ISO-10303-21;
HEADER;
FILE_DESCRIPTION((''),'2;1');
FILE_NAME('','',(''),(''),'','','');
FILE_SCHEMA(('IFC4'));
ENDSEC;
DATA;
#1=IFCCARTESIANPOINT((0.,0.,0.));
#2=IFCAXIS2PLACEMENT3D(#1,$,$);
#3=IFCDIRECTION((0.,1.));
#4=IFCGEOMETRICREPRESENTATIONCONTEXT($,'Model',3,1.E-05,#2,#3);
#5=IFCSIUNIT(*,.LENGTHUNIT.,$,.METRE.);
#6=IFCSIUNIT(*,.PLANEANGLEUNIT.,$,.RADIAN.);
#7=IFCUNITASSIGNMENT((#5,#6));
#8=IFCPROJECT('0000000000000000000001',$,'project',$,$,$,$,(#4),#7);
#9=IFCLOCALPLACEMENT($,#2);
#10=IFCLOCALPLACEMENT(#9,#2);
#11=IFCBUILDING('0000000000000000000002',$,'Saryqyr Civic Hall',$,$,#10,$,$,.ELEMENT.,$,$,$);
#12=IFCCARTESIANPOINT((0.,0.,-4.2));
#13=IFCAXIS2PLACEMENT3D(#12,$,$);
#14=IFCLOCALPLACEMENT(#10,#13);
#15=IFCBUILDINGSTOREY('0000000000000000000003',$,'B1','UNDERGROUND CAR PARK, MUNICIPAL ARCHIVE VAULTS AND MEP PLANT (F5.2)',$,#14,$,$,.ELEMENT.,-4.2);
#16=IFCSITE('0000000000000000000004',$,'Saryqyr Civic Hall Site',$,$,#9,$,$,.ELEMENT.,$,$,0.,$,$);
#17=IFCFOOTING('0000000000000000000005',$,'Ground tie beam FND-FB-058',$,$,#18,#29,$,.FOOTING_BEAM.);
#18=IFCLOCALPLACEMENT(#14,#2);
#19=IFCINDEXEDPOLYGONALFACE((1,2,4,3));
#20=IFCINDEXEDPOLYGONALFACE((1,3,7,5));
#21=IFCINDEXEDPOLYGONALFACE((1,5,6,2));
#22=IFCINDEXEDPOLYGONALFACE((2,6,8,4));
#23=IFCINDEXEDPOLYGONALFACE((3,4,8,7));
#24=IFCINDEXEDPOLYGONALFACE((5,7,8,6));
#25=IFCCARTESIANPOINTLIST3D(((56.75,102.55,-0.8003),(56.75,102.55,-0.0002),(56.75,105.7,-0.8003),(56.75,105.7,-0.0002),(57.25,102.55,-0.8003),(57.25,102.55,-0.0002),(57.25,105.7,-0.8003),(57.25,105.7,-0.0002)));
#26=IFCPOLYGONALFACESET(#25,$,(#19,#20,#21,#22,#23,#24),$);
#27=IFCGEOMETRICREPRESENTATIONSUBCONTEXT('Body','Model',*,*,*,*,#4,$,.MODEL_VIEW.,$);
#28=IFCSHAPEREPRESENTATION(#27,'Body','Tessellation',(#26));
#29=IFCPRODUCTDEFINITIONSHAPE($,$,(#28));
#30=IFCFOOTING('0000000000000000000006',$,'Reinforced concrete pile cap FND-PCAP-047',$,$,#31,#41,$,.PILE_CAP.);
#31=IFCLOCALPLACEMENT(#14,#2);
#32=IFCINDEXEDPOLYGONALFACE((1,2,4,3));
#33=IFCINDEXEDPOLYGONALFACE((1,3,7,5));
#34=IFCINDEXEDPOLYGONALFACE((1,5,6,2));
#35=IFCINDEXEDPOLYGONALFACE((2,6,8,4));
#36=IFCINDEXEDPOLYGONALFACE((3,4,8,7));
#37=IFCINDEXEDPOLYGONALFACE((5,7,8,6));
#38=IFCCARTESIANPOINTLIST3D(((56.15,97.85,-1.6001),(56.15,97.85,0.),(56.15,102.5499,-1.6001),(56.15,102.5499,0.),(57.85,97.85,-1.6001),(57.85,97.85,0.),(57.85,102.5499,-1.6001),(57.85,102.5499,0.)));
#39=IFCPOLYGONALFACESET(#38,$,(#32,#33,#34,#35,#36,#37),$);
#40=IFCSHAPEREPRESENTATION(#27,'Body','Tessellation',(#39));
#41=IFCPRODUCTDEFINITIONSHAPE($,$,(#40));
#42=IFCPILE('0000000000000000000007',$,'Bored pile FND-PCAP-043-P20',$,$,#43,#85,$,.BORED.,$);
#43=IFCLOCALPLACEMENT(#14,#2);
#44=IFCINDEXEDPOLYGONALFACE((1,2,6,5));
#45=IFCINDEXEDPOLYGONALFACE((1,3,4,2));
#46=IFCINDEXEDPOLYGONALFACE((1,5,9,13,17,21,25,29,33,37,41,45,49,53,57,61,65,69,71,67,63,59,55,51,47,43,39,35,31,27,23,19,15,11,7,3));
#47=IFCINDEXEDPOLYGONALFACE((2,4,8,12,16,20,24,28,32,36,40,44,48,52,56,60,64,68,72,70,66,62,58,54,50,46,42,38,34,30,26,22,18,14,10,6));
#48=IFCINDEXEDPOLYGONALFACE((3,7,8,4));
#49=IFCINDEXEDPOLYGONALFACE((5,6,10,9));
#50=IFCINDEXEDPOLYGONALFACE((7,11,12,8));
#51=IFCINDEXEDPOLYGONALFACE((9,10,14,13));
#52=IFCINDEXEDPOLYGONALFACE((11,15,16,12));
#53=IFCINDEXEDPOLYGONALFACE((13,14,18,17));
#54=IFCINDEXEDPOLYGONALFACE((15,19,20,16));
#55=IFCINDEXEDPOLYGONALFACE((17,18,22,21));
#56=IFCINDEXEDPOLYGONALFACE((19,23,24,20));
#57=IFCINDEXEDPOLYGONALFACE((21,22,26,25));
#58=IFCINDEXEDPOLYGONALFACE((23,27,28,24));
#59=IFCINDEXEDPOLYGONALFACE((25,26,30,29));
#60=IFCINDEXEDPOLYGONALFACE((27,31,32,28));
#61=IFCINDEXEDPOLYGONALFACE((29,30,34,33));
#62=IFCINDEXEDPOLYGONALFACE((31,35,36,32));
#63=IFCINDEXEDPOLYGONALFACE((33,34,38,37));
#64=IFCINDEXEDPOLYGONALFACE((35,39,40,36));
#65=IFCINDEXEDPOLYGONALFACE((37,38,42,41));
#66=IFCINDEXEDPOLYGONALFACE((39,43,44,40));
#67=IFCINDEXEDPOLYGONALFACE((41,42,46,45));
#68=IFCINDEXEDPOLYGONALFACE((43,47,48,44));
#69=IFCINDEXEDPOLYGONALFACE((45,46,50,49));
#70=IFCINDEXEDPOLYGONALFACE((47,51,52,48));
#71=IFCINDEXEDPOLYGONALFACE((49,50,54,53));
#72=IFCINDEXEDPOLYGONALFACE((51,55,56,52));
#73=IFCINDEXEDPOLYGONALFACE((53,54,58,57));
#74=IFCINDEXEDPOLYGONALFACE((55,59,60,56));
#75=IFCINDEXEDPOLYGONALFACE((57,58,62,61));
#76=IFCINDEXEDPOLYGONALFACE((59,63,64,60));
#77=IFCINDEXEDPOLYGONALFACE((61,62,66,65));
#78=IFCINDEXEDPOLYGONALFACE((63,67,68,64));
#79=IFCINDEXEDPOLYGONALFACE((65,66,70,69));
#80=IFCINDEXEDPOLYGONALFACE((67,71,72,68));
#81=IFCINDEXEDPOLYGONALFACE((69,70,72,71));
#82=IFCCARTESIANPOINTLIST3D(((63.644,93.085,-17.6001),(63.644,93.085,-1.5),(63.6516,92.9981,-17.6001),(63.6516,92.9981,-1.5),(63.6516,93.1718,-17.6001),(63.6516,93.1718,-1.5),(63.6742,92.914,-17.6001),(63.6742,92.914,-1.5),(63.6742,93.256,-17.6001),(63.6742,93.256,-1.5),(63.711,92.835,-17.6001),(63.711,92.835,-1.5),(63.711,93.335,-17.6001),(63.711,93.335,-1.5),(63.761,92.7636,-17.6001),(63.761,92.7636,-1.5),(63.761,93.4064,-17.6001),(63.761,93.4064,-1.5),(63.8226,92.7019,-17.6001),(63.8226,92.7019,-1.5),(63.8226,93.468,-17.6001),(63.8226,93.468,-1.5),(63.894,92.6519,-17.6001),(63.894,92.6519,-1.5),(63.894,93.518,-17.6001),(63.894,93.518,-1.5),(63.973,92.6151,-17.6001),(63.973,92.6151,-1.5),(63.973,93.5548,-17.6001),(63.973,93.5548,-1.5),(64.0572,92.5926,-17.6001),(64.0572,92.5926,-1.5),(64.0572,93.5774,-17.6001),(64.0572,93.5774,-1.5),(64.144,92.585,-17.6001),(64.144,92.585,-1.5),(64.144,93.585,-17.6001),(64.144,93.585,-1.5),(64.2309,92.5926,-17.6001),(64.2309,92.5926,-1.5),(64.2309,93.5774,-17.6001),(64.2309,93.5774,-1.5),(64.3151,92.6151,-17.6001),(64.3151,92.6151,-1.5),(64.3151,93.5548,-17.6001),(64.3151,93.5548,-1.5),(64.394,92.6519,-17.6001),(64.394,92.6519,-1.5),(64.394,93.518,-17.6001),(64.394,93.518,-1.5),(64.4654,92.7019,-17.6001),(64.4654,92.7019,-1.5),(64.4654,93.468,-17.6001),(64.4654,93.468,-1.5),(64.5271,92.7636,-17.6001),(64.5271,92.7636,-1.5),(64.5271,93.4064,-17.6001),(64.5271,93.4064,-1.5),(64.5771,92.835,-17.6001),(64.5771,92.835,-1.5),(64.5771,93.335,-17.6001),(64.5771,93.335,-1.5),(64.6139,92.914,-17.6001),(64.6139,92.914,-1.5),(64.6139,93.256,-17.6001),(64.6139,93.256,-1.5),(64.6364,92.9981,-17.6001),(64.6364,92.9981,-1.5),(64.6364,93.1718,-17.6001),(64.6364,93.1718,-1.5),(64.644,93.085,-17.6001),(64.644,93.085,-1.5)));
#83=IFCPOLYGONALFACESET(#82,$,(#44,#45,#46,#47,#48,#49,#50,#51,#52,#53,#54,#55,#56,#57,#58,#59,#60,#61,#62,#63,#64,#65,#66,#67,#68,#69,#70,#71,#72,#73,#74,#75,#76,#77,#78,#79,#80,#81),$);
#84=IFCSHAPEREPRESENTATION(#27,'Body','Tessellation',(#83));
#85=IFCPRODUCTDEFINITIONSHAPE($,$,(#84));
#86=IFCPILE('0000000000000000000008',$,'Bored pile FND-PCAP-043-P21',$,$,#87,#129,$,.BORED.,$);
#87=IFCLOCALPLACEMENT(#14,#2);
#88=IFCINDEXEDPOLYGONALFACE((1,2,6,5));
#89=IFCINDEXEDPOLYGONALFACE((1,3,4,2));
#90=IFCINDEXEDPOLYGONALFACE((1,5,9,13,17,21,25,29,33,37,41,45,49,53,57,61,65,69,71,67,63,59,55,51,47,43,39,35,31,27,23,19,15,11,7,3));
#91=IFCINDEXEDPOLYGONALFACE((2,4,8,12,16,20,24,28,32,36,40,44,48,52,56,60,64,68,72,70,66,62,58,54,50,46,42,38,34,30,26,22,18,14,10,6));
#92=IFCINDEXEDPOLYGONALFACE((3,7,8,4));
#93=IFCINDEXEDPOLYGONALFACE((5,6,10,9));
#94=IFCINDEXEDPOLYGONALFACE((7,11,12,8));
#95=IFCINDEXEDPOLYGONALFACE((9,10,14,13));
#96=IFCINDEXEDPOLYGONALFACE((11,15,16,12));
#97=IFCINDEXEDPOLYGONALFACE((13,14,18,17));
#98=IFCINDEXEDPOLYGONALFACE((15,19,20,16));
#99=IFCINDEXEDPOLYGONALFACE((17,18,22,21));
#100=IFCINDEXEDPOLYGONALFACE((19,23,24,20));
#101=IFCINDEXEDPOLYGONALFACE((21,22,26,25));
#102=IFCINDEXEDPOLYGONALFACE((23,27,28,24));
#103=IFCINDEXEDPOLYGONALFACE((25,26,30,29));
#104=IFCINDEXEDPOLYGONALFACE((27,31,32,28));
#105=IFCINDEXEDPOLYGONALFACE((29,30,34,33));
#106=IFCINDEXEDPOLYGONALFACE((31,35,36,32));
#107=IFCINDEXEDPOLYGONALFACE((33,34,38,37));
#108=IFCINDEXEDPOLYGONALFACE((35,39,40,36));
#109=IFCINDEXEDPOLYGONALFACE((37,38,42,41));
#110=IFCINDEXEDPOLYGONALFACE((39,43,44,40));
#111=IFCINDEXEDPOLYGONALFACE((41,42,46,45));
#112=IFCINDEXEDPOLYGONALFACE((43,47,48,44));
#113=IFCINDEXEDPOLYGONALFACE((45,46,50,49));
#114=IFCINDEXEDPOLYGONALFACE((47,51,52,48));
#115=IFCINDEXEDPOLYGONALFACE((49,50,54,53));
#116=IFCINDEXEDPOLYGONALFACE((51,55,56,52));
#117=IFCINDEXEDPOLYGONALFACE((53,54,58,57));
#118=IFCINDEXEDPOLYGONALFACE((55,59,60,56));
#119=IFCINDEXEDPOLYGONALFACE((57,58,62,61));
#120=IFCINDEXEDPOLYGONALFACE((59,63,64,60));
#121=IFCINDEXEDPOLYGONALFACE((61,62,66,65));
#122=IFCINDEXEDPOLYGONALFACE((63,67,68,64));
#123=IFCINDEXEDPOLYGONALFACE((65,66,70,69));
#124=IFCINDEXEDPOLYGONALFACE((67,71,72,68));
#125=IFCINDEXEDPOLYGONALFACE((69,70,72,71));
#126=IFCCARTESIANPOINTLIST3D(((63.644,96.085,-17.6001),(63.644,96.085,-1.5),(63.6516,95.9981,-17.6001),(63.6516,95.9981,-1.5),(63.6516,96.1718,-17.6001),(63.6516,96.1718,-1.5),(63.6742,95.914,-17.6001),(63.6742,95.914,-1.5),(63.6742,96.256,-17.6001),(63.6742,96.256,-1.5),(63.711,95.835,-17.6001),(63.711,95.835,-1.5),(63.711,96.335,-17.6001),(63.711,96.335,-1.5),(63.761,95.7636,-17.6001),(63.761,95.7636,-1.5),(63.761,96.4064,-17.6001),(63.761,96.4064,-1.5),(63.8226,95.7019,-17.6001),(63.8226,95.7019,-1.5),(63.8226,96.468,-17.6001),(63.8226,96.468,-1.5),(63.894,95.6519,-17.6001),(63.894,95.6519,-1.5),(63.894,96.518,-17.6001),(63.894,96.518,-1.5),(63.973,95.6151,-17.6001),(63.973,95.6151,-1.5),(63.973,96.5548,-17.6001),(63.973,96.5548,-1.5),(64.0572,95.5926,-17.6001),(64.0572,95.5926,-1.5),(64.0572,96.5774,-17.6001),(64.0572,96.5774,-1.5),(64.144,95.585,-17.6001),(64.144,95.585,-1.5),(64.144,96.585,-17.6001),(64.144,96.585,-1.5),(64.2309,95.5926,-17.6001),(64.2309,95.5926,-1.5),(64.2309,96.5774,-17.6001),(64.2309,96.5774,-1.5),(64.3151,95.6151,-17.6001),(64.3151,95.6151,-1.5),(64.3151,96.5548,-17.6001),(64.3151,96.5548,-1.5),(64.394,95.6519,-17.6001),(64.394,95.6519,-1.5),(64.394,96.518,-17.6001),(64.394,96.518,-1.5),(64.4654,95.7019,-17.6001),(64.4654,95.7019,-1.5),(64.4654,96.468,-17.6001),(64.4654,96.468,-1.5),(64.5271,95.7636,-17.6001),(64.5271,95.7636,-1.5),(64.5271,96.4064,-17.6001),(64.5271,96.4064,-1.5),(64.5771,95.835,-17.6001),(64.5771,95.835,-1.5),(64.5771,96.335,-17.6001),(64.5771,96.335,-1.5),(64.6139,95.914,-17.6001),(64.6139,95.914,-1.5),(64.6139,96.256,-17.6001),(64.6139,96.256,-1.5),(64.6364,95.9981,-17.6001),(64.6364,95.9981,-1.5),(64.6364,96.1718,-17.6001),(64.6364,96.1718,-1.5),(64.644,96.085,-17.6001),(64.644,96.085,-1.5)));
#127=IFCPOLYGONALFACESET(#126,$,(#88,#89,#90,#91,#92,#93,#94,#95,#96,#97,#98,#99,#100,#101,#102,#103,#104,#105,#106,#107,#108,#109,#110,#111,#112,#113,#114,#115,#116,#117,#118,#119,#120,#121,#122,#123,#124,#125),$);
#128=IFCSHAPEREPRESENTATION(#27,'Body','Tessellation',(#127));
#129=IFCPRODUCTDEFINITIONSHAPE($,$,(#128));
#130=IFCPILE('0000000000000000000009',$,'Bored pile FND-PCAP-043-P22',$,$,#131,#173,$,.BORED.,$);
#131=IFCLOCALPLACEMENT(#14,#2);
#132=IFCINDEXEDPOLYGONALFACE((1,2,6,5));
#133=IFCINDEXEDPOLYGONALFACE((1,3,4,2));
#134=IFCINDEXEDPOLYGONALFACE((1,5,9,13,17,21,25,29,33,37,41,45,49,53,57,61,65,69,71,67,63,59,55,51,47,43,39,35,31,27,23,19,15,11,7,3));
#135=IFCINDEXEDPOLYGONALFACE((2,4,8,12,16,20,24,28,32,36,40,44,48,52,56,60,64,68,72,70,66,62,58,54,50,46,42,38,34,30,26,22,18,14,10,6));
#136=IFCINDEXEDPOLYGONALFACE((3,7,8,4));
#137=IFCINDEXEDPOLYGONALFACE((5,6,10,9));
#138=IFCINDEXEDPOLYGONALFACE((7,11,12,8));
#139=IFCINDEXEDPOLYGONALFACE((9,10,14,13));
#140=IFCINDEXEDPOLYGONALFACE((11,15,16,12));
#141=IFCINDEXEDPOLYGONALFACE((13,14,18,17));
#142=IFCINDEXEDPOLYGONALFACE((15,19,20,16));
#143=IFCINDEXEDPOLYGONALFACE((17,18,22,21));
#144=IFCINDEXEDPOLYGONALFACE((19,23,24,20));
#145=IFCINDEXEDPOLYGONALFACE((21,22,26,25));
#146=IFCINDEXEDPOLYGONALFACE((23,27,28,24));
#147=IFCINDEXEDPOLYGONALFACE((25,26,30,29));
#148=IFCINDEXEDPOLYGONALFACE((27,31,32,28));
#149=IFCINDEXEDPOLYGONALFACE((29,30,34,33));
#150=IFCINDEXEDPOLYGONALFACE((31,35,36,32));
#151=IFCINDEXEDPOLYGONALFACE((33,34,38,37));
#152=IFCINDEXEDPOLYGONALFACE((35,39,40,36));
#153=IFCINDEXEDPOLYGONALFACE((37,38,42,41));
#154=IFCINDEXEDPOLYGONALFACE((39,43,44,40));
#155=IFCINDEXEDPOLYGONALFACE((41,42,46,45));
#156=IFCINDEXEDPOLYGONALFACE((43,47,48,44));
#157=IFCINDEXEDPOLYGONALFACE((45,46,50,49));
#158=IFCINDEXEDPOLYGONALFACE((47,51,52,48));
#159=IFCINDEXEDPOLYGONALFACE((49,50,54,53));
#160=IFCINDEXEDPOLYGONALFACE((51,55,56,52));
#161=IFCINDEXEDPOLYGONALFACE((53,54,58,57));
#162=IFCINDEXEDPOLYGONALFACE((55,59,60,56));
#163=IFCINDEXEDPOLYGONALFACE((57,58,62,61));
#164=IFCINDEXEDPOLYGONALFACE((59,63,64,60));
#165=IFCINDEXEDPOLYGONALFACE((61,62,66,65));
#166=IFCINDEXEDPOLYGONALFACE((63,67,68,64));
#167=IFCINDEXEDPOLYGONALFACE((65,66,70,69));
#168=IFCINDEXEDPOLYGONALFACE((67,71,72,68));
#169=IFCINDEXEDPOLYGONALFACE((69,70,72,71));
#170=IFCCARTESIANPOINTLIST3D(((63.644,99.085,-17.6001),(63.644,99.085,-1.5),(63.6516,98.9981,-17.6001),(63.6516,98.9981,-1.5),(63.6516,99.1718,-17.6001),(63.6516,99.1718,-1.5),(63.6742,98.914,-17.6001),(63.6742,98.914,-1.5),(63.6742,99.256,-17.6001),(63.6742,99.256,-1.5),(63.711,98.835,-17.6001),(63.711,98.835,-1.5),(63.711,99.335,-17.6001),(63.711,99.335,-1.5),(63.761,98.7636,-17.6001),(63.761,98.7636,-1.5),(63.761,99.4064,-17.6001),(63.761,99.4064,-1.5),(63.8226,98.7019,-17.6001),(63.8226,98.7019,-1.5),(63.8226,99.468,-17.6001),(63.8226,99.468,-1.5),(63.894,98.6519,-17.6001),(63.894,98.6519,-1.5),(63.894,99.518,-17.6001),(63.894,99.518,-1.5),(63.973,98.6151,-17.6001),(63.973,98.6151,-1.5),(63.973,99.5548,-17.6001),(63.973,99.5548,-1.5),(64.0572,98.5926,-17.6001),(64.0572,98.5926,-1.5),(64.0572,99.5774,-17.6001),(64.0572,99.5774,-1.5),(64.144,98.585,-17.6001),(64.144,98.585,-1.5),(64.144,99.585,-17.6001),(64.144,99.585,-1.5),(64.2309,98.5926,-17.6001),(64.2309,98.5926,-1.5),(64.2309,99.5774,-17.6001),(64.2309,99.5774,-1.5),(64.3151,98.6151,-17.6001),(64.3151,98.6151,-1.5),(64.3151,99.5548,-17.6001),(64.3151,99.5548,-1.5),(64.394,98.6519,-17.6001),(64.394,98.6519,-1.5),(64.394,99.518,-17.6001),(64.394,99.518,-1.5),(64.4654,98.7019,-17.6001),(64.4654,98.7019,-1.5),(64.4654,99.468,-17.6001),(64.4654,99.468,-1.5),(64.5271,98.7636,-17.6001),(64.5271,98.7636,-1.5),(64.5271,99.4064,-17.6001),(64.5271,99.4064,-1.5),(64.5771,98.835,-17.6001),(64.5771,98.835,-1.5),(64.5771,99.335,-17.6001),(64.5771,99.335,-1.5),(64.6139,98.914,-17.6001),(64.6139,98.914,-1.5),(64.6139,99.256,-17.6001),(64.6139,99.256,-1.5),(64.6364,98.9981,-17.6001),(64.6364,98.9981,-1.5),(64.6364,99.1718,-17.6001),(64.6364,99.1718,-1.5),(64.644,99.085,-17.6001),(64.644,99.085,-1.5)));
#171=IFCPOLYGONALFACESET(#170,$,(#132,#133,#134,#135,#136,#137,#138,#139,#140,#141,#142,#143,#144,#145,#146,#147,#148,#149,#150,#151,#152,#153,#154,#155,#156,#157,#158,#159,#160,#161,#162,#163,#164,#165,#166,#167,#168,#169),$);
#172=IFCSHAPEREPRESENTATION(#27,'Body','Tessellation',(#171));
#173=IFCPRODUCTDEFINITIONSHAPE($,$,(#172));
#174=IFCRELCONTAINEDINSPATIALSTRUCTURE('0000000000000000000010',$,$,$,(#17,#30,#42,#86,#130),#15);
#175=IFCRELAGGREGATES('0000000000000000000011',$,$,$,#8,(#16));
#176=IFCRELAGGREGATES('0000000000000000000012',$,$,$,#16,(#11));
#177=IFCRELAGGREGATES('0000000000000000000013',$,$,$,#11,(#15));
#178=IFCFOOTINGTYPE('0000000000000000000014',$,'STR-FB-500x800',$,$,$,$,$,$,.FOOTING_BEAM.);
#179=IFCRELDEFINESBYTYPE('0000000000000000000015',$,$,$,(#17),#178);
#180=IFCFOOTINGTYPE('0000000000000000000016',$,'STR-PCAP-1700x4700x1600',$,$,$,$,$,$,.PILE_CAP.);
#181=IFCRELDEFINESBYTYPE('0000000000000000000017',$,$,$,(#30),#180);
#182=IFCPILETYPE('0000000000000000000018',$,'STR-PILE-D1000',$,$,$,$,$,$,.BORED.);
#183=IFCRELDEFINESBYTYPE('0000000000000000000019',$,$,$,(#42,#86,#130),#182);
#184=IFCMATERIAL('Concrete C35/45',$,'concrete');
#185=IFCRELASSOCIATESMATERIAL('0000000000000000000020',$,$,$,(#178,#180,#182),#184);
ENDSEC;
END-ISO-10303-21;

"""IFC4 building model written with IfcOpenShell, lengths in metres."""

from ifc_helpers import new_model, si_unit, direction, frame, origin, origin_2d, place, context, subcontext, project, spatial, rectangle, circle, extrude, material, material_profile, profile_set, type_object, element, save


model = new_model("IFC4")

# Units and contexts
model_context = context("Model", 3, precision=1e-05, world=origin(), true_north=direction((0.0, 1.0)))
body_context = subcontext(model_context, "Body", "Model", "MODEL_VIEW")
ifc_project = project(units=[si_unit("LENGTHUNIT", "METRE"), si_unit("PLANEANGLEUNIT", "RADIAN")], contexts=[model_context])

# Site, building, storey
site_placement = place(None, origin())
site = spatial("IfcSite", under=ifc_project, at=site_placement, Name="Saryqyr Civic Hall Site", CompositionType="ELEMENT", RefElevation=0.0)
building_placement = place(site_placement, origin())
building = spatial("IfcBuilding", under=site, at=building_placement, Name="Saryqyr Civic Hall", CompositionType="ELEMENT")
storey_placement = place(building_placement, frame((0.0, 0.0, -4.2)))
storey = spatial("IfcBuildingStorey", under=building, at=storey_placement, Name="B1", Description="UNDERGROUND CAR PARK, MUNICIPAL ARCHIVE VAULTS AND MEP PLANT (F5.2)", CompositionType="ELEMENT", Elevation=-4.2)

# Footings
ifc_material_1 = material(Name="Concrete C35/45", Category="concrete")
footing_type_1 = type_object("IfcFootingType", Name="STR-FB-500x800", PredefinedType="FOOTING_BEAM", material=ifc_material_1)
footing_1_placement = place(storey_placement, frame((57.0, 104.125, -0.8003), z_axis=(0.0, 0.0, 1.0), x_axis=(1.0, 0.0, 0.0)))
element("IfcFooting", 1, at=footing_1_placement, inside=storey, type_object=footing_type_1, Name="Ground tie beam FND-FB-058", PredefinedType="FOOTING_BEAM", context=body_context, shape_type="SweptSolid", body=[
    extrude(rectangle(XDim=0.5, YDim=3.1499, at=origin_2d()), origin(), (0.0, 0.0, 1.0), 0.8),
])
footing_type_2 = type_object("IfcFootingType", Name="STR-PCAP-1700x4700x1600", PredefinedType="PILE_CAP", material=ifc_material_1)
footing_2_placement = place(storey_placement, frame((57.0, 100.2, -1.6001), z_axis=(0.0, 0.0, 1.0), x_axis=(1.0, 0.0, 0.0)))
element("IfcFooting", 2, at=footing_2_placement, inside=storey, type_object=footing_type_2, Name="Reinforced concrete pile cap FND-PCAP-047", PredefinedType="PILE_CAP", context=body_context, shape_type="SweptSolid", body=[
    extrude(rectangle(XDim=1.7, YDim=4.7, at=origin_2d()), origin(), (0.0, 0.0, 1.0), 1.6001),
])

# Piles
ifc_material_profile_1 = material_profile(ifc_material_1, circle(Radius=0.5, at=origin_2d()), Name="BORED PILE D1000")
ifc_profile_set_1 = profile_set([ifc_material_profile_1], Name="Concrete C35/45")
pile_type = type_object("IfcPileType", Name="STR-PILE-D1000", PredefinedType="BORED", material=ifc_profile_set_1)
for number, where, z_axis, x_axis, name in (
    (3, (64.144, 93.085, -1.5), (0.0, 0.0, -1.0), (1.0, 0.0, 0.0), "Bored pile FND-PCAP-043-P20"),
    (4, (64.144, 96.085, -1.5), (0.0, 0.0, -1.0), (1.0, 0.0, 0.0), "Bored pile FND-PCAP-043-P21"),
    (5, (64.144, 99.085, -1.5), (0.0, 0.0, -1.0), (1.0, 0.0, 0.0), "Bored pile FND-PCAP-043-P22"),
):
    element("IfcPile", number, at=place(storey_placement, frame(where, z_axis=z_axis, x_axis=x_axis)), inside=storey, type_object=pile_type, Name=name, PredefinedType="BORED", context=body_context, shape_type="SweptSolid", body=[
        extrude(circle(Radius=0.5, at=origin_2d()), origin(), (0.0, 0.0, 1.0), 16.1001),
    ])

save(model, "model.ifc")
